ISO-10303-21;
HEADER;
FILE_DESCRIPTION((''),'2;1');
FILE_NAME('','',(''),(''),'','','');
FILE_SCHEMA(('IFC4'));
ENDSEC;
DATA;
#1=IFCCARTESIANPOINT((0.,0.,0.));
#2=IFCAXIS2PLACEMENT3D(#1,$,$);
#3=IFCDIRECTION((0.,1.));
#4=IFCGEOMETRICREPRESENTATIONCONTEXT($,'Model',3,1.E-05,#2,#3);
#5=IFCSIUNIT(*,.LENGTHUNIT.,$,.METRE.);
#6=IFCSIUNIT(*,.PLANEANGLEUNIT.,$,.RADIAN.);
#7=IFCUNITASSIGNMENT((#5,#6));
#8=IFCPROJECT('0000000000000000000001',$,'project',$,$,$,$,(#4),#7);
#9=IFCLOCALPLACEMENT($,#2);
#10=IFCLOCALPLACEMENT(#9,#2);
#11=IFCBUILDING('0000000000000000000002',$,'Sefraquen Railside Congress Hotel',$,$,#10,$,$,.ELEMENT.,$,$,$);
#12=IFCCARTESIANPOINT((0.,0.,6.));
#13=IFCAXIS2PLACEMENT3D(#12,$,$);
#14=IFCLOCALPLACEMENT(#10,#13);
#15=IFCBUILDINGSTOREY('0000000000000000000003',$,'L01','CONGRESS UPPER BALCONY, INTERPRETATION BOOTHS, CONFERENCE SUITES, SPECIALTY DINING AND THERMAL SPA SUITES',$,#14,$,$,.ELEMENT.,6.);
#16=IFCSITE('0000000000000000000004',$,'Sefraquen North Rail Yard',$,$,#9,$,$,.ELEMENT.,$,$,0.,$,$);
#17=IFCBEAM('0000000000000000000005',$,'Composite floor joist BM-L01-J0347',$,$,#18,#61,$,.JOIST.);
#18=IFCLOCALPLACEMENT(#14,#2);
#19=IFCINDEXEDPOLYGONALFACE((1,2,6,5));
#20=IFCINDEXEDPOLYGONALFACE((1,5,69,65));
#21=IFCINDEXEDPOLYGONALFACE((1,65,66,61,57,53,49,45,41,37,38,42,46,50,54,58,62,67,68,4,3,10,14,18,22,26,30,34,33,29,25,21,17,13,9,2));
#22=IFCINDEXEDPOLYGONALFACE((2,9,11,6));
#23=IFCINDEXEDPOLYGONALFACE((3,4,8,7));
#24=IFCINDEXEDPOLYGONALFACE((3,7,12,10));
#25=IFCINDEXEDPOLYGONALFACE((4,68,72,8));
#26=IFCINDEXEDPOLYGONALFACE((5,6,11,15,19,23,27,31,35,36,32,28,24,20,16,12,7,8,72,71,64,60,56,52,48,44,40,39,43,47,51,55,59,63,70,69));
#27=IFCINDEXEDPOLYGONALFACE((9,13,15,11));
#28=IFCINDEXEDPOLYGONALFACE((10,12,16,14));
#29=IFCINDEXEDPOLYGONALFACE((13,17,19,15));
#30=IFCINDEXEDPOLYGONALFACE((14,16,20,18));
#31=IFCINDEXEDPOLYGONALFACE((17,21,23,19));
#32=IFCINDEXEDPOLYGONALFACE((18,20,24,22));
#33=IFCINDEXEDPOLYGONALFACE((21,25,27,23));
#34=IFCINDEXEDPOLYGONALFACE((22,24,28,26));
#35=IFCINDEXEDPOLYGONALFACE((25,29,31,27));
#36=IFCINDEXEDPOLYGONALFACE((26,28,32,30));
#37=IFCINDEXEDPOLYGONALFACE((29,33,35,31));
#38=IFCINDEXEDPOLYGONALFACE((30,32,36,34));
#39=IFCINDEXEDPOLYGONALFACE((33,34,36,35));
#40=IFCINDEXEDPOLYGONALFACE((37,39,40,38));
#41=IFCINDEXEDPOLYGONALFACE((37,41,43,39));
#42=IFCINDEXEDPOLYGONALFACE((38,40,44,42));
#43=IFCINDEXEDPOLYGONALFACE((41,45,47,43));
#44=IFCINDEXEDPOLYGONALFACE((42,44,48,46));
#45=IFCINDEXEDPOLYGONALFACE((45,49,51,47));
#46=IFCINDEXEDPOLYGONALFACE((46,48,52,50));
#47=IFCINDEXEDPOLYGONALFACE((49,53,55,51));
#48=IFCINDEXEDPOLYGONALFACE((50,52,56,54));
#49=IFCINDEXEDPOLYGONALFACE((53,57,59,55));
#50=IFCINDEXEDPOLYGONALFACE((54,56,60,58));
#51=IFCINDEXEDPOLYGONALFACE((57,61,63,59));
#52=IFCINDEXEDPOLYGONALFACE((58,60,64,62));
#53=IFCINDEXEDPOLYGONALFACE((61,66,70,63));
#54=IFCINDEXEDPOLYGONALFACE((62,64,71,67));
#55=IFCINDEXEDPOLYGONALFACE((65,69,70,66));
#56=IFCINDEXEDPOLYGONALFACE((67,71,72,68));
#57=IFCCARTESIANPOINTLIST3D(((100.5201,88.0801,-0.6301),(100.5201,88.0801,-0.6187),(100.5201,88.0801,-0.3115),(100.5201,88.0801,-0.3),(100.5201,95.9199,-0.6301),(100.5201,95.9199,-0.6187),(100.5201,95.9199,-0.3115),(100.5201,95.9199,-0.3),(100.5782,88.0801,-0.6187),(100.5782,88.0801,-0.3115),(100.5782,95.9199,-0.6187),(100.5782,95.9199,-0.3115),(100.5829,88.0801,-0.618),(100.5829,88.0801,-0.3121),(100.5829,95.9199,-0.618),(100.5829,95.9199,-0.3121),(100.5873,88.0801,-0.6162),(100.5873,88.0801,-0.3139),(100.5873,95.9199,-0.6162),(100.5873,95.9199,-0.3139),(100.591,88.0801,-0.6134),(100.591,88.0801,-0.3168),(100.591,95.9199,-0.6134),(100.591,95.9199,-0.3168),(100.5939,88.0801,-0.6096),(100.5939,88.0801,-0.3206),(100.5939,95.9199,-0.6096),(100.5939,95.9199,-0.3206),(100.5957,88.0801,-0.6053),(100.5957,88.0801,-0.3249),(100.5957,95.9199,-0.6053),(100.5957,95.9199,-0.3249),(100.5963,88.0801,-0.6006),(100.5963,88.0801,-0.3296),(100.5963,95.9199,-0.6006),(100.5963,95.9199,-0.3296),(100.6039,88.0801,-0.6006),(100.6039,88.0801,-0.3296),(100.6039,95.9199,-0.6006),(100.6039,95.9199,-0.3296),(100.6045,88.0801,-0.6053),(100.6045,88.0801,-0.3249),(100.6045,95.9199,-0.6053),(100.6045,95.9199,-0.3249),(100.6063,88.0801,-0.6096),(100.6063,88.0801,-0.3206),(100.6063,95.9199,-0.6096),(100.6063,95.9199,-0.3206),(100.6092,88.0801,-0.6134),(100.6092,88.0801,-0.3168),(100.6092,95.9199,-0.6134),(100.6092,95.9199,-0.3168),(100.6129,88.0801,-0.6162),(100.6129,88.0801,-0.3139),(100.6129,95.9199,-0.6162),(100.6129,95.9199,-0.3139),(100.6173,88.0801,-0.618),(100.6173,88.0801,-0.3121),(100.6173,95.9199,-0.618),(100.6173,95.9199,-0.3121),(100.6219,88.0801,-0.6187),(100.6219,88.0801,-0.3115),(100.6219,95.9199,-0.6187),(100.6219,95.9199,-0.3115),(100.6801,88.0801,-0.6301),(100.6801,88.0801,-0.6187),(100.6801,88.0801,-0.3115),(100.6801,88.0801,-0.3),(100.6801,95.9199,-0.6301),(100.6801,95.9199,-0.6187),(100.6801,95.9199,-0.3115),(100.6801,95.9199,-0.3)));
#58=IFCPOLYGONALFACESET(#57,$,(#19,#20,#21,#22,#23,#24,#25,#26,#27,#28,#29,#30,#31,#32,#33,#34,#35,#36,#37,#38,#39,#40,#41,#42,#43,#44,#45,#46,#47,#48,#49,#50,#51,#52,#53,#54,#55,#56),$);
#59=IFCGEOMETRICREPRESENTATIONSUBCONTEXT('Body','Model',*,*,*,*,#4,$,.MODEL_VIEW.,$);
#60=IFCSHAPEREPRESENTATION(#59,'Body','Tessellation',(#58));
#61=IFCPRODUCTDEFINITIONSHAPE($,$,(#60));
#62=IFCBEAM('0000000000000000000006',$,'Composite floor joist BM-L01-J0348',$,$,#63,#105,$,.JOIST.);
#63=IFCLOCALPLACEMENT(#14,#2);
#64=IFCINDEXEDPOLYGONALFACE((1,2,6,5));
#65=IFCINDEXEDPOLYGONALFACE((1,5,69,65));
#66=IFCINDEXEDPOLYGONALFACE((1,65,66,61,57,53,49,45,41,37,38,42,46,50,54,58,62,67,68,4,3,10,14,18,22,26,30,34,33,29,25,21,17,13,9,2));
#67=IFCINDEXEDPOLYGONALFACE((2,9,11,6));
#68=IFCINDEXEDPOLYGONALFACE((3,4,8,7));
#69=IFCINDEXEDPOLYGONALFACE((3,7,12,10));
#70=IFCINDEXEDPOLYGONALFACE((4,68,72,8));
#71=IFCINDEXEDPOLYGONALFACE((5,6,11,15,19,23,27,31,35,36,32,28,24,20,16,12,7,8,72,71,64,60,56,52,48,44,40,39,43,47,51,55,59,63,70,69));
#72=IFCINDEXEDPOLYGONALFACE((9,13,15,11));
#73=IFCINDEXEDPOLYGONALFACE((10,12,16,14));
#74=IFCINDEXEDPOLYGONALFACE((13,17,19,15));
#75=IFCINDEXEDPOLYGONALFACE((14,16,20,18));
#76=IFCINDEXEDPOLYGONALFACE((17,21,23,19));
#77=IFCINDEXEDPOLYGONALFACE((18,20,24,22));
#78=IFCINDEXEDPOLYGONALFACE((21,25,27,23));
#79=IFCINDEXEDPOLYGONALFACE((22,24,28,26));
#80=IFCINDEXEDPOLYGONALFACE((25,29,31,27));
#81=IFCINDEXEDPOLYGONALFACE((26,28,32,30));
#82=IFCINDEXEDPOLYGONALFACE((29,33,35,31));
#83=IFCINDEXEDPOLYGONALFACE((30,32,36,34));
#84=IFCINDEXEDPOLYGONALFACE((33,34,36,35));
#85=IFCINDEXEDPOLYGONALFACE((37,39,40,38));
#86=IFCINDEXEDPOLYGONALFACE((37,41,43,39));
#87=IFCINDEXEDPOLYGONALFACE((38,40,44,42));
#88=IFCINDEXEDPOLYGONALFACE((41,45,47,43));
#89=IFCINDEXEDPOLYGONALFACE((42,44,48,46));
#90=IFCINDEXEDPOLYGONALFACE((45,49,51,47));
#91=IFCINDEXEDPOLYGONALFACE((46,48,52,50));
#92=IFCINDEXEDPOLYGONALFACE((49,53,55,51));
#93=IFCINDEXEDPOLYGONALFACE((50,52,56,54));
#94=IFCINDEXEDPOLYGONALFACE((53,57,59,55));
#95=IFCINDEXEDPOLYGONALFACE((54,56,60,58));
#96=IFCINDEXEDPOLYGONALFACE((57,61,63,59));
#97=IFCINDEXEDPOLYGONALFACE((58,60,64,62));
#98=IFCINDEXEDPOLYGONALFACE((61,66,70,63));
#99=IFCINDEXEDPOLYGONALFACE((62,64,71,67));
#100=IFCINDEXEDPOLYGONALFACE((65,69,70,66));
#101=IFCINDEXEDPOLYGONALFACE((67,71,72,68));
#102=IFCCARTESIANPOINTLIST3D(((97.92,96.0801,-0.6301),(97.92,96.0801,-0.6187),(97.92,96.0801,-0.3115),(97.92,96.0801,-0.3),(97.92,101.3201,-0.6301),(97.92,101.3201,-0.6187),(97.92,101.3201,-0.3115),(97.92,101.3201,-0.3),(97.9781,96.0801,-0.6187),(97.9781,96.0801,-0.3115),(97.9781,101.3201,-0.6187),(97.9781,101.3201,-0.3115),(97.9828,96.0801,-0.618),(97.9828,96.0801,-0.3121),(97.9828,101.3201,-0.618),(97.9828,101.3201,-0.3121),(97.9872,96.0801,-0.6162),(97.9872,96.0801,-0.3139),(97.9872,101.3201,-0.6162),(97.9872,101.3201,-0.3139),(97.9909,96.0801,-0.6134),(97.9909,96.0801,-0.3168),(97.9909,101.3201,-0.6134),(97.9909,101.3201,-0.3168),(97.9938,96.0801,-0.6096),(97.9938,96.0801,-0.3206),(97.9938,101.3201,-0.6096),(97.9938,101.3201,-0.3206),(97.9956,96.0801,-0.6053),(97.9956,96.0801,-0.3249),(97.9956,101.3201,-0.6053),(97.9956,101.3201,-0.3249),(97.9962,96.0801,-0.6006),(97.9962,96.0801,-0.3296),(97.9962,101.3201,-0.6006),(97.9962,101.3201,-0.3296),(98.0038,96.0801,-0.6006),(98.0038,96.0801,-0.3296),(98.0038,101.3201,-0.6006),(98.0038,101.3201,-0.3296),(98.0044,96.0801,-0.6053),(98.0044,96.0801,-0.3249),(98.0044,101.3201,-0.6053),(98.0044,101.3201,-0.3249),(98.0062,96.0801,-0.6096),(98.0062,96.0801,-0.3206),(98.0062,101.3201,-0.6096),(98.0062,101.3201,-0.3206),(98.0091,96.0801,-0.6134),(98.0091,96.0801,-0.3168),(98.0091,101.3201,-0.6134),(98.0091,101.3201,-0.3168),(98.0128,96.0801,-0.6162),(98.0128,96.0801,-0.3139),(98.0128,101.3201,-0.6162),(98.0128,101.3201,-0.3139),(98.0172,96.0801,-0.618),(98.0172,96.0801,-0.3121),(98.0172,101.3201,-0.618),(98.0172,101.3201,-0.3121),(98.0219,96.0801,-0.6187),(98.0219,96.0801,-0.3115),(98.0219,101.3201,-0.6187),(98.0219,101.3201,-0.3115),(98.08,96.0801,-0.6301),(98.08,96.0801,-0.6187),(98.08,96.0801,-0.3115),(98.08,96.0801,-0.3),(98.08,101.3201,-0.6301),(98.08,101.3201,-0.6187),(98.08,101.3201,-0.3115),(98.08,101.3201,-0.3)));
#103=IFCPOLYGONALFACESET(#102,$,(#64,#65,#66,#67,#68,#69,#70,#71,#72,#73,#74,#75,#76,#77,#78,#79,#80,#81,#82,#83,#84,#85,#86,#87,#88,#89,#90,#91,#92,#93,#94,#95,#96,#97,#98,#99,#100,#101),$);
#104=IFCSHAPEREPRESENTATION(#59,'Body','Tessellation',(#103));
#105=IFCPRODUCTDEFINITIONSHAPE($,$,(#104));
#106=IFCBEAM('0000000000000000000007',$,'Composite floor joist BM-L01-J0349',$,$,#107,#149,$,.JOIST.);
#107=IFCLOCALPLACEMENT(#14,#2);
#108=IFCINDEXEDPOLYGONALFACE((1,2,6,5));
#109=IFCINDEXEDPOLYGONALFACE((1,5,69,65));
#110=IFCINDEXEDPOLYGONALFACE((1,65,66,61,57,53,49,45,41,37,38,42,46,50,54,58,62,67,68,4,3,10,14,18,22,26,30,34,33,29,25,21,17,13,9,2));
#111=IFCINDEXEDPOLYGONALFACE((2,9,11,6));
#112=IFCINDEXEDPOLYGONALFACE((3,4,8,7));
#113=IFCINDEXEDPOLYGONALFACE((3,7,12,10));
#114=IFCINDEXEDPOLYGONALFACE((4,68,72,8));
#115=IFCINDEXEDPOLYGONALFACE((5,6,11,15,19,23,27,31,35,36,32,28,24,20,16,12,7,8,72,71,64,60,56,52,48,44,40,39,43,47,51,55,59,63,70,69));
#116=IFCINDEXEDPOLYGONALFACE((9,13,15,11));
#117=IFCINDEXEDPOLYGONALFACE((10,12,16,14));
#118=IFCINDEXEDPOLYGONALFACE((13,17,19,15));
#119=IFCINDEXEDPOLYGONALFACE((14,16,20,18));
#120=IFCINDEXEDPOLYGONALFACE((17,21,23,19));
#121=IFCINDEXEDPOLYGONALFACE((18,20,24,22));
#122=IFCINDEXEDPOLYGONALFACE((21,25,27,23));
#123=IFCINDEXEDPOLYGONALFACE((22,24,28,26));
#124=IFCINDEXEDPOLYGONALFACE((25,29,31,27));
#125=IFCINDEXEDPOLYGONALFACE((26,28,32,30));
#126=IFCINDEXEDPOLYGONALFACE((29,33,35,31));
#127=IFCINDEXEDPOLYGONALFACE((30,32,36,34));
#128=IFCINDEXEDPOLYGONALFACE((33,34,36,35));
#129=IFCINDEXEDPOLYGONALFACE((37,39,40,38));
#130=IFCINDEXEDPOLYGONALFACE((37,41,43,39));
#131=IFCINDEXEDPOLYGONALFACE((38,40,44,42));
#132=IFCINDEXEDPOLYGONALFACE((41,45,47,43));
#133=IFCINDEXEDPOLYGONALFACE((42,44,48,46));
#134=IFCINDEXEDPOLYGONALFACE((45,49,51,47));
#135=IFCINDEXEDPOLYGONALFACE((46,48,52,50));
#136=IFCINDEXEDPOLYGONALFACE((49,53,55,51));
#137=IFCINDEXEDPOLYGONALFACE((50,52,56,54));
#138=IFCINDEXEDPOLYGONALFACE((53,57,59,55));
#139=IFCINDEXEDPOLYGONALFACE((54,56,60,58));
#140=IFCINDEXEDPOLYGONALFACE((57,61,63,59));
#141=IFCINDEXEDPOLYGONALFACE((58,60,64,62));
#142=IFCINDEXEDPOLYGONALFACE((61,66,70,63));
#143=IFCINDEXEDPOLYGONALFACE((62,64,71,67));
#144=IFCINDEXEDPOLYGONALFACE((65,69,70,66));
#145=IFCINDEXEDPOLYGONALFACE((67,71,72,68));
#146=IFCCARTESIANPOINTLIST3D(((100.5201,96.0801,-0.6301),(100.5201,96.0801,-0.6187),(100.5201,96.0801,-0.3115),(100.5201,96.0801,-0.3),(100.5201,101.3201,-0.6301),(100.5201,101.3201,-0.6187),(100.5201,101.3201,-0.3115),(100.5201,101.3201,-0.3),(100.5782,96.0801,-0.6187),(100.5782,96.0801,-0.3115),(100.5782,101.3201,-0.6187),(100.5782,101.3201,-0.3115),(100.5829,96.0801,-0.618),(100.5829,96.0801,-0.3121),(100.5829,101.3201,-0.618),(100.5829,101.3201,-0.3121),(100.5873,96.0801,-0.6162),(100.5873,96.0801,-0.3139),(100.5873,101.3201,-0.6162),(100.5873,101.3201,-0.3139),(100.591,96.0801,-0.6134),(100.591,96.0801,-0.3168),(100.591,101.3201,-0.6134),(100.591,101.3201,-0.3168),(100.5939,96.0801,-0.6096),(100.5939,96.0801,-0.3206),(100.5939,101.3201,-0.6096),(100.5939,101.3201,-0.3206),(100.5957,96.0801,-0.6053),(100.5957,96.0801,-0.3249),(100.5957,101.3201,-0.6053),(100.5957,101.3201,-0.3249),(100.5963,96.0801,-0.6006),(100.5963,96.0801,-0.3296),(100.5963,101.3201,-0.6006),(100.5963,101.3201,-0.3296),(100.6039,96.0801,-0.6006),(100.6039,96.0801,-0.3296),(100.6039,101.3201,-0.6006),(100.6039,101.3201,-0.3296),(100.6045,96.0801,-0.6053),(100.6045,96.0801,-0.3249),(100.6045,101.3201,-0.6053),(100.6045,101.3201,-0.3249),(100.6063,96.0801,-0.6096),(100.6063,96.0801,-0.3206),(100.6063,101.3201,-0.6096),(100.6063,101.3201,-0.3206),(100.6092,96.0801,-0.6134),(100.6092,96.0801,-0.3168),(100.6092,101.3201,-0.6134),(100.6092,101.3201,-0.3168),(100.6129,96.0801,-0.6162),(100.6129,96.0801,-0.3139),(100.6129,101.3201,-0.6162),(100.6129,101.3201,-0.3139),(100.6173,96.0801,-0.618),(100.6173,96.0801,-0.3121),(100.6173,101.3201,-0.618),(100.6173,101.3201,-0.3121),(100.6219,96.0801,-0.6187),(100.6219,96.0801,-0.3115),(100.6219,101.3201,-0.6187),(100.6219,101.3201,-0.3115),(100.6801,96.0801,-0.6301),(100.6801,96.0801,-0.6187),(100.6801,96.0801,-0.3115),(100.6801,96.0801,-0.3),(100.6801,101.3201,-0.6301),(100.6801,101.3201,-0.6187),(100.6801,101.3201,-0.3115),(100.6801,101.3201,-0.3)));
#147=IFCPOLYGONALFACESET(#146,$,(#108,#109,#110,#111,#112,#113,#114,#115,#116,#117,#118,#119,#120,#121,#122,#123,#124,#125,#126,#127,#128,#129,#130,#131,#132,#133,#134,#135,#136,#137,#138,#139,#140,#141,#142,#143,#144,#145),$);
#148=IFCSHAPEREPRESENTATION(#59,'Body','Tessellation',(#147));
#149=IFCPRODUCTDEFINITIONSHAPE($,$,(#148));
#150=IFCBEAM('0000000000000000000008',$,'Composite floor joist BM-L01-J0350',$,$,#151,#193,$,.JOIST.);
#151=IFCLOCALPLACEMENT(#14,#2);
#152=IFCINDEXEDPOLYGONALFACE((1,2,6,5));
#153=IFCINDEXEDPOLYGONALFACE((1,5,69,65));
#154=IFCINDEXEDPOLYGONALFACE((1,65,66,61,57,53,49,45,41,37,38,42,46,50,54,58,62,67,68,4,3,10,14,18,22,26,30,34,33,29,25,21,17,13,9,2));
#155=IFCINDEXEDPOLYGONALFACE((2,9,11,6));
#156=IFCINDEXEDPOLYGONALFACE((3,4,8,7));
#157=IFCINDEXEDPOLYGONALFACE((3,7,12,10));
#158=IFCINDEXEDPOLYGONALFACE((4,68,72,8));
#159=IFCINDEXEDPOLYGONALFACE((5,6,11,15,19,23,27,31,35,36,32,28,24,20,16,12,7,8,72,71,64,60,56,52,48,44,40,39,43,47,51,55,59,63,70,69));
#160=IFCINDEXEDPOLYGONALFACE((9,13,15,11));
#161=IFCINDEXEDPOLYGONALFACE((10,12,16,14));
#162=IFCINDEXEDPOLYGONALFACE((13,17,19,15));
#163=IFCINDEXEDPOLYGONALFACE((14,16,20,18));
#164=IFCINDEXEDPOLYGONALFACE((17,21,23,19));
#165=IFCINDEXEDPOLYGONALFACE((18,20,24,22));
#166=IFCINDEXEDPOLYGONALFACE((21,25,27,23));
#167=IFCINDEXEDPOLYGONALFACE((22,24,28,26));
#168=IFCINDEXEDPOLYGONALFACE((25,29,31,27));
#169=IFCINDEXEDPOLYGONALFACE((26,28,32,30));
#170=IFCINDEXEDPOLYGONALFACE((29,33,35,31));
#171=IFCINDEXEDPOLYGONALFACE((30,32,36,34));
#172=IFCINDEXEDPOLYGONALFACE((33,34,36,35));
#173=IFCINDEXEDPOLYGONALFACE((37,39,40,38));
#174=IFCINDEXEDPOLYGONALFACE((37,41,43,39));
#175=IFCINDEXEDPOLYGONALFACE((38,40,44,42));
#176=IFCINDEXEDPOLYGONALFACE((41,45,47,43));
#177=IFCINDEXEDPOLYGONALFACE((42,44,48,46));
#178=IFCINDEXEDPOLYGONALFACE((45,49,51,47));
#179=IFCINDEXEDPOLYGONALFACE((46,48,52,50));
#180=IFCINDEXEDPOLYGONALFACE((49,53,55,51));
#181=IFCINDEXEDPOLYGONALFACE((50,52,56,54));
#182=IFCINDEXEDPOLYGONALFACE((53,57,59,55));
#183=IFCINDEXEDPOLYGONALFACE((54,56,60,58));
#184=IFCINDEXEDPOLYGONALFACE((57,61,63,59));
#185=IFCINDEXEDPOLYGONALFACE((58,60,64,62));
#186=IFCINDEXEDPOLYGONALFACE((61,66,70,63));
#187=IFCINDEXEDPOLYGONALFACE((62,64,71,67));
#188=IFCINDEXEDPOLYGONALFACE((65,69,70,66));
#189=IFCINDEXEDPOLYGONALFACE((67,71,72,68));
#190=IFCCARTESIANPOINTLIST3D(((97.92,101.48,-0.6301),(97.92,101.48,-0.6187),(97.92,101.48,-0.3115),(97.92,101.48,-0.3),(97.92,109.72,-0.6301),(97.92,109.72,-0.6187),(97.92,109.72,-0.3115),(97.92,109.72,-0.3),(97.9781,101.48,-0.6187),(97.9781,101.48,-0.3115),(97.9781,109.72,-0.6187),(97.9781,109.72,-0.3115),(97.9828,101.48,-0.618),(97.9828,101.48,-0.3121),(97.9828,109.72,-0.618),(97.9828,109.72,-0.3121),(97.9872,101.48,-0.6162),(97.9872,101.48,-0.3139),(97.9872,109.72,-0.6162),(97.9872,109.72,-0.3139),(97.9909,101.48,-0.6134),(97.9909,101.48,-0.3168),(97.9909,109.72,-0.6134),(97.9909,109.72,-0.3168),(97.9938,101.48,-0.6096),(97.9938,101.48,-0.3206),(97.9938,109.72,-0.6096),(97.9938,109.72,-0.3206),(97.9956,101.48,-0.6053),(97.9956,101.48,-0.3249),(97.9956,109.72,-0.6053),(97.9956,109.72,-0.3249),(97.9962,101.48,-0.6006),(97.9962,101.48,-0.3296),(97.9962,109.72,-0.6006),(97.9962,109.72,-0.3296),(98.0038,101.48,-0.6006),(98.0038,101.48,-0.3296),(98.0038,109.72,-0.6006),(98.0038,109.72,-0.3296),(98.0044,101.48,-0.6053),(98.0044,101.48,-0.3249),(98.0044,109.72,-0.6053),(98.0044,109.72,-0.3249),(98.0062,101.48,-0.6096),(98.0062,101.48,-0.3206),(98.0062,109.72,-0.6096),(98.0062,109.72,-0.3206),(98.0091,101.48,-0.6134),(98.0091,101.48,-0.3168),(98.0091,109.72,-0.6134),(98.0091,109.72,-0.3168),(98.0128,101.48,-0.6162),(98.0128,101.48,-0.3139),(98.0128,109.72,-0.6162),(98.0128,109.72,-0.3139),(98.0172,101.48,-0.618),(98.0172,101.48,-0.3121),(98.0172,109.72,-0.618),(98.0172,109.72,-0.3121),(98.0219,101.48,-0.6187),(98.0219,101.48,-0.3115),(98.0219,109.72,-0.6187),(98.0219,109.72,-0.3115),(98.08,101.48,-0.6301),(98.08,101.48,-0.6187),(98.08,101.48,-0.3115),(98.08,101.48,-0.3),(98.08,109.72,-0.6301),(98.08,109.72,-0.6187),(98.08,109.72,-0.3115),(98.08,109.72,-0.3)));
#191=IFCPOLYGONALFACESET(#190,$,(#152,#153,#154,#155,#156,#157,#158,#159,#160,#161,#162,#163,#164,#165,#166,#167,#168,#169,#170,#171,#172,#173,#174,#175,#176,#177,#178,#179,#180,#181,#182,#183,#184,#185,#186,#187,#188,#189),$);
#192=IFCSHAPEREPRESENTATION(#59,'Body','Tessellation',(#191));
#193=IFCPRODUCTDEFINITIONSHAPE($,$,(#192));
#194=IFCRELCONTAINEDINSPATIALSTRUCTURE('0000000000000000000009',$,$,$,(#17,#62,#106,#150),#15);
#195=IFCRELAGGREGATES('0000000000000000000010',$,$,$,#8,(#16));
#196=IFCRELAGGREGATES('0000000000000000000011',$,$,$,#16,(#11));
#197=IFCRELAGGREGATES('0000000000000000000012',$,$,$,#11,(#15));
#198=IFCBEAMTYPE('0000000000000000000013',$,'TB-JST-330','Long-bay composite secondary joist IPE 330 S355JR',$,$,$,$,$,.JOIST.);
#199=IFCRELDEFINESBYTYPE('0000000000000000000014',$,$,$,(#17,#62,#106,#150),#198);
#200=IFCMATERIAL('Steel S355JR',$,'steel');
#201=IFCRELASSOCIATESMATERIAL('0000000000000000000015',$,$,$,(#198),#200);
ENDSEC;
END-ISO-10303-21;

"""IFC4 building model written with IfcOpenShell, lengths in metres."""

from ifc_helpers import new_model, si_unit, direction, frame, origin, origin_2d, place, context, subcontext, project, spatial, i_section, extrude, material, material_profile, profile_set, type_object, element, save


model = new_model("IFC4")

# Units and contexts
model_context = context("Model", 3, precision=1e-05, world=origin(), true_north=direction((0.0, 1.0)))
body_context = subcontext(model_context, "Body", "Model", "MODEL_VIEW")
ifc_project = project(units=[si_unit("LENGTHUNIT", "METRE"), si_unit("PLANEANGLEUNIT", "RADIAN")], contexts=[model_context])

# Site, building, storey
site_placement = place(None, origin())
site = spatial("IfcSite", under=ifc_project, at=site_placement, Name="Sefraquen North Rail Yard", CompositionType="ELEMENT", RefElevation=0.0)
building_placement = place(site_placement, origin())
building = spatial("IfcBuilding", under=site, at=building_placement, Name="Sefraquen Railside Congress Hotel", CompositionType="ELEMENT")
storey_placement = place(building_placement, frame((0.0, 0.0, 6.0)))
storey = spatial("IfcBuildingStorey", under=building, at=storey_placement, Name="L01", Description="CONGRESS UPPER BALCONY, INTERPRETATION BOOTHS, CONFERENCE SUITES, SPECIALTY DINING AND THERMAL SPA SUITES", CompositionType="ELEMENT", Elevation=6.0)

# Shared definitions
ifc_material_1 = material(Name="Steel S355JR", Category="steel")

# Beams
ifc_material_profile_1 = material_profile(ifc_material_1, i_section(OverallWidth=0.1599, OverallDepth=0.3301, WebThickness=0.0076, FlangeThickness=0.0115, FilletRadius=0.0181, at=origin_2d()), Name="IPE 330")
ifc_profile_set_1 = profile_set([ifc_material_profile_1], Name="Steel S355JR")
beam_type_1 = type_object("IfcBeamType", Name="TB-JST-330", Description="Long-bay composite secondary joist IPE 330 S355JR", PredefinedType="JOIST", material=ifc_profile_set_1)
for number, where, z_axis, x_axis, name in (
    (1, (100.6001, 88.0801, -0.4651), (0.0, 1.0, 0.0), (-1.0, 0.0, 0.0), "Composite floor joist BM-L01-J0347"),
):
    element("IfcBeam", number, at=place(storey_placement, frame(where, z_axis=z_axis, x_axis=x_axis)), inside=storey, type_object=beam_type_1, Name=name, PredefinedType="JOIST", context=body_context, shape_type="SweptSolid", body=[
        extrude(i_section(OverallWidth=0.1599, OverallDepth=0.3301, WebThickness=0.0076, FlangeThickness=0.0115, FilletRadius=0.0181, at=origin_2d()), origin(), (0.0, 0.0, 1.0), 7.8398),
    ])
for number, where, z_axis, x_axis, name in (
    (2, (98.0, 96.0801, -0.4651), (0.0, 1.0, 0.0), (-1.0, 0.0, 0.0), "Composite floor joist BM-L01-J0348"),
    (3, (100.6001, 96.0801, -0.4651), (0.0, 1.0, 0.0), (-1.0, 0.0, 0.0), "Composite floor joist BM-L01-J0349"),
):
    element("IfcBeam", number, at=place(storey_placement, frame(where, z_axis=z_axis, x_axis=x_axis)), inside=storey, type_object=beam_type_1, Name=name, PredefinedType="JOIST", context=body_context, shape_type="SweptSolid", body=[
        extrude(i_section(OverallWidth=0.1599, OverallDepth=0.3301, WebThickness=0.0076, FlangeThickness=0.0115, FilletRadius=0.0181, at=origin_2d()), origin(), (0.0, 0.0, 1.0), 5.24),
    ])
for number, where, z_axis, x_axis, name in (
    (4, (98.0, 101.48, -0.4651), (0.0, 1.0, 0.0), (-1.0, 0.0, 0.0), "Composite floor joist BM-L01-J0350"),
):
    element("IfcBeam", number, at=place(storey_placement, frame(where, z_axis=z_axis, x_axis=x_axis)), inside=storey, type_object=beam_type_1, Name=name, PredefinedType="JOIST", context=body_context, shape_type="SweptSolid", body=[
        extrude(i_section(OverallWidth=0.1599, OverallDepth=0.3301, WebThickness=0.0076, FlangeThickness=0.0115, FilletRadius=0.0181, at=origin_2d()), origin(), (0.0, 0.0, 1.0), 8.24),
    ])

save(model, "model.ifc")
